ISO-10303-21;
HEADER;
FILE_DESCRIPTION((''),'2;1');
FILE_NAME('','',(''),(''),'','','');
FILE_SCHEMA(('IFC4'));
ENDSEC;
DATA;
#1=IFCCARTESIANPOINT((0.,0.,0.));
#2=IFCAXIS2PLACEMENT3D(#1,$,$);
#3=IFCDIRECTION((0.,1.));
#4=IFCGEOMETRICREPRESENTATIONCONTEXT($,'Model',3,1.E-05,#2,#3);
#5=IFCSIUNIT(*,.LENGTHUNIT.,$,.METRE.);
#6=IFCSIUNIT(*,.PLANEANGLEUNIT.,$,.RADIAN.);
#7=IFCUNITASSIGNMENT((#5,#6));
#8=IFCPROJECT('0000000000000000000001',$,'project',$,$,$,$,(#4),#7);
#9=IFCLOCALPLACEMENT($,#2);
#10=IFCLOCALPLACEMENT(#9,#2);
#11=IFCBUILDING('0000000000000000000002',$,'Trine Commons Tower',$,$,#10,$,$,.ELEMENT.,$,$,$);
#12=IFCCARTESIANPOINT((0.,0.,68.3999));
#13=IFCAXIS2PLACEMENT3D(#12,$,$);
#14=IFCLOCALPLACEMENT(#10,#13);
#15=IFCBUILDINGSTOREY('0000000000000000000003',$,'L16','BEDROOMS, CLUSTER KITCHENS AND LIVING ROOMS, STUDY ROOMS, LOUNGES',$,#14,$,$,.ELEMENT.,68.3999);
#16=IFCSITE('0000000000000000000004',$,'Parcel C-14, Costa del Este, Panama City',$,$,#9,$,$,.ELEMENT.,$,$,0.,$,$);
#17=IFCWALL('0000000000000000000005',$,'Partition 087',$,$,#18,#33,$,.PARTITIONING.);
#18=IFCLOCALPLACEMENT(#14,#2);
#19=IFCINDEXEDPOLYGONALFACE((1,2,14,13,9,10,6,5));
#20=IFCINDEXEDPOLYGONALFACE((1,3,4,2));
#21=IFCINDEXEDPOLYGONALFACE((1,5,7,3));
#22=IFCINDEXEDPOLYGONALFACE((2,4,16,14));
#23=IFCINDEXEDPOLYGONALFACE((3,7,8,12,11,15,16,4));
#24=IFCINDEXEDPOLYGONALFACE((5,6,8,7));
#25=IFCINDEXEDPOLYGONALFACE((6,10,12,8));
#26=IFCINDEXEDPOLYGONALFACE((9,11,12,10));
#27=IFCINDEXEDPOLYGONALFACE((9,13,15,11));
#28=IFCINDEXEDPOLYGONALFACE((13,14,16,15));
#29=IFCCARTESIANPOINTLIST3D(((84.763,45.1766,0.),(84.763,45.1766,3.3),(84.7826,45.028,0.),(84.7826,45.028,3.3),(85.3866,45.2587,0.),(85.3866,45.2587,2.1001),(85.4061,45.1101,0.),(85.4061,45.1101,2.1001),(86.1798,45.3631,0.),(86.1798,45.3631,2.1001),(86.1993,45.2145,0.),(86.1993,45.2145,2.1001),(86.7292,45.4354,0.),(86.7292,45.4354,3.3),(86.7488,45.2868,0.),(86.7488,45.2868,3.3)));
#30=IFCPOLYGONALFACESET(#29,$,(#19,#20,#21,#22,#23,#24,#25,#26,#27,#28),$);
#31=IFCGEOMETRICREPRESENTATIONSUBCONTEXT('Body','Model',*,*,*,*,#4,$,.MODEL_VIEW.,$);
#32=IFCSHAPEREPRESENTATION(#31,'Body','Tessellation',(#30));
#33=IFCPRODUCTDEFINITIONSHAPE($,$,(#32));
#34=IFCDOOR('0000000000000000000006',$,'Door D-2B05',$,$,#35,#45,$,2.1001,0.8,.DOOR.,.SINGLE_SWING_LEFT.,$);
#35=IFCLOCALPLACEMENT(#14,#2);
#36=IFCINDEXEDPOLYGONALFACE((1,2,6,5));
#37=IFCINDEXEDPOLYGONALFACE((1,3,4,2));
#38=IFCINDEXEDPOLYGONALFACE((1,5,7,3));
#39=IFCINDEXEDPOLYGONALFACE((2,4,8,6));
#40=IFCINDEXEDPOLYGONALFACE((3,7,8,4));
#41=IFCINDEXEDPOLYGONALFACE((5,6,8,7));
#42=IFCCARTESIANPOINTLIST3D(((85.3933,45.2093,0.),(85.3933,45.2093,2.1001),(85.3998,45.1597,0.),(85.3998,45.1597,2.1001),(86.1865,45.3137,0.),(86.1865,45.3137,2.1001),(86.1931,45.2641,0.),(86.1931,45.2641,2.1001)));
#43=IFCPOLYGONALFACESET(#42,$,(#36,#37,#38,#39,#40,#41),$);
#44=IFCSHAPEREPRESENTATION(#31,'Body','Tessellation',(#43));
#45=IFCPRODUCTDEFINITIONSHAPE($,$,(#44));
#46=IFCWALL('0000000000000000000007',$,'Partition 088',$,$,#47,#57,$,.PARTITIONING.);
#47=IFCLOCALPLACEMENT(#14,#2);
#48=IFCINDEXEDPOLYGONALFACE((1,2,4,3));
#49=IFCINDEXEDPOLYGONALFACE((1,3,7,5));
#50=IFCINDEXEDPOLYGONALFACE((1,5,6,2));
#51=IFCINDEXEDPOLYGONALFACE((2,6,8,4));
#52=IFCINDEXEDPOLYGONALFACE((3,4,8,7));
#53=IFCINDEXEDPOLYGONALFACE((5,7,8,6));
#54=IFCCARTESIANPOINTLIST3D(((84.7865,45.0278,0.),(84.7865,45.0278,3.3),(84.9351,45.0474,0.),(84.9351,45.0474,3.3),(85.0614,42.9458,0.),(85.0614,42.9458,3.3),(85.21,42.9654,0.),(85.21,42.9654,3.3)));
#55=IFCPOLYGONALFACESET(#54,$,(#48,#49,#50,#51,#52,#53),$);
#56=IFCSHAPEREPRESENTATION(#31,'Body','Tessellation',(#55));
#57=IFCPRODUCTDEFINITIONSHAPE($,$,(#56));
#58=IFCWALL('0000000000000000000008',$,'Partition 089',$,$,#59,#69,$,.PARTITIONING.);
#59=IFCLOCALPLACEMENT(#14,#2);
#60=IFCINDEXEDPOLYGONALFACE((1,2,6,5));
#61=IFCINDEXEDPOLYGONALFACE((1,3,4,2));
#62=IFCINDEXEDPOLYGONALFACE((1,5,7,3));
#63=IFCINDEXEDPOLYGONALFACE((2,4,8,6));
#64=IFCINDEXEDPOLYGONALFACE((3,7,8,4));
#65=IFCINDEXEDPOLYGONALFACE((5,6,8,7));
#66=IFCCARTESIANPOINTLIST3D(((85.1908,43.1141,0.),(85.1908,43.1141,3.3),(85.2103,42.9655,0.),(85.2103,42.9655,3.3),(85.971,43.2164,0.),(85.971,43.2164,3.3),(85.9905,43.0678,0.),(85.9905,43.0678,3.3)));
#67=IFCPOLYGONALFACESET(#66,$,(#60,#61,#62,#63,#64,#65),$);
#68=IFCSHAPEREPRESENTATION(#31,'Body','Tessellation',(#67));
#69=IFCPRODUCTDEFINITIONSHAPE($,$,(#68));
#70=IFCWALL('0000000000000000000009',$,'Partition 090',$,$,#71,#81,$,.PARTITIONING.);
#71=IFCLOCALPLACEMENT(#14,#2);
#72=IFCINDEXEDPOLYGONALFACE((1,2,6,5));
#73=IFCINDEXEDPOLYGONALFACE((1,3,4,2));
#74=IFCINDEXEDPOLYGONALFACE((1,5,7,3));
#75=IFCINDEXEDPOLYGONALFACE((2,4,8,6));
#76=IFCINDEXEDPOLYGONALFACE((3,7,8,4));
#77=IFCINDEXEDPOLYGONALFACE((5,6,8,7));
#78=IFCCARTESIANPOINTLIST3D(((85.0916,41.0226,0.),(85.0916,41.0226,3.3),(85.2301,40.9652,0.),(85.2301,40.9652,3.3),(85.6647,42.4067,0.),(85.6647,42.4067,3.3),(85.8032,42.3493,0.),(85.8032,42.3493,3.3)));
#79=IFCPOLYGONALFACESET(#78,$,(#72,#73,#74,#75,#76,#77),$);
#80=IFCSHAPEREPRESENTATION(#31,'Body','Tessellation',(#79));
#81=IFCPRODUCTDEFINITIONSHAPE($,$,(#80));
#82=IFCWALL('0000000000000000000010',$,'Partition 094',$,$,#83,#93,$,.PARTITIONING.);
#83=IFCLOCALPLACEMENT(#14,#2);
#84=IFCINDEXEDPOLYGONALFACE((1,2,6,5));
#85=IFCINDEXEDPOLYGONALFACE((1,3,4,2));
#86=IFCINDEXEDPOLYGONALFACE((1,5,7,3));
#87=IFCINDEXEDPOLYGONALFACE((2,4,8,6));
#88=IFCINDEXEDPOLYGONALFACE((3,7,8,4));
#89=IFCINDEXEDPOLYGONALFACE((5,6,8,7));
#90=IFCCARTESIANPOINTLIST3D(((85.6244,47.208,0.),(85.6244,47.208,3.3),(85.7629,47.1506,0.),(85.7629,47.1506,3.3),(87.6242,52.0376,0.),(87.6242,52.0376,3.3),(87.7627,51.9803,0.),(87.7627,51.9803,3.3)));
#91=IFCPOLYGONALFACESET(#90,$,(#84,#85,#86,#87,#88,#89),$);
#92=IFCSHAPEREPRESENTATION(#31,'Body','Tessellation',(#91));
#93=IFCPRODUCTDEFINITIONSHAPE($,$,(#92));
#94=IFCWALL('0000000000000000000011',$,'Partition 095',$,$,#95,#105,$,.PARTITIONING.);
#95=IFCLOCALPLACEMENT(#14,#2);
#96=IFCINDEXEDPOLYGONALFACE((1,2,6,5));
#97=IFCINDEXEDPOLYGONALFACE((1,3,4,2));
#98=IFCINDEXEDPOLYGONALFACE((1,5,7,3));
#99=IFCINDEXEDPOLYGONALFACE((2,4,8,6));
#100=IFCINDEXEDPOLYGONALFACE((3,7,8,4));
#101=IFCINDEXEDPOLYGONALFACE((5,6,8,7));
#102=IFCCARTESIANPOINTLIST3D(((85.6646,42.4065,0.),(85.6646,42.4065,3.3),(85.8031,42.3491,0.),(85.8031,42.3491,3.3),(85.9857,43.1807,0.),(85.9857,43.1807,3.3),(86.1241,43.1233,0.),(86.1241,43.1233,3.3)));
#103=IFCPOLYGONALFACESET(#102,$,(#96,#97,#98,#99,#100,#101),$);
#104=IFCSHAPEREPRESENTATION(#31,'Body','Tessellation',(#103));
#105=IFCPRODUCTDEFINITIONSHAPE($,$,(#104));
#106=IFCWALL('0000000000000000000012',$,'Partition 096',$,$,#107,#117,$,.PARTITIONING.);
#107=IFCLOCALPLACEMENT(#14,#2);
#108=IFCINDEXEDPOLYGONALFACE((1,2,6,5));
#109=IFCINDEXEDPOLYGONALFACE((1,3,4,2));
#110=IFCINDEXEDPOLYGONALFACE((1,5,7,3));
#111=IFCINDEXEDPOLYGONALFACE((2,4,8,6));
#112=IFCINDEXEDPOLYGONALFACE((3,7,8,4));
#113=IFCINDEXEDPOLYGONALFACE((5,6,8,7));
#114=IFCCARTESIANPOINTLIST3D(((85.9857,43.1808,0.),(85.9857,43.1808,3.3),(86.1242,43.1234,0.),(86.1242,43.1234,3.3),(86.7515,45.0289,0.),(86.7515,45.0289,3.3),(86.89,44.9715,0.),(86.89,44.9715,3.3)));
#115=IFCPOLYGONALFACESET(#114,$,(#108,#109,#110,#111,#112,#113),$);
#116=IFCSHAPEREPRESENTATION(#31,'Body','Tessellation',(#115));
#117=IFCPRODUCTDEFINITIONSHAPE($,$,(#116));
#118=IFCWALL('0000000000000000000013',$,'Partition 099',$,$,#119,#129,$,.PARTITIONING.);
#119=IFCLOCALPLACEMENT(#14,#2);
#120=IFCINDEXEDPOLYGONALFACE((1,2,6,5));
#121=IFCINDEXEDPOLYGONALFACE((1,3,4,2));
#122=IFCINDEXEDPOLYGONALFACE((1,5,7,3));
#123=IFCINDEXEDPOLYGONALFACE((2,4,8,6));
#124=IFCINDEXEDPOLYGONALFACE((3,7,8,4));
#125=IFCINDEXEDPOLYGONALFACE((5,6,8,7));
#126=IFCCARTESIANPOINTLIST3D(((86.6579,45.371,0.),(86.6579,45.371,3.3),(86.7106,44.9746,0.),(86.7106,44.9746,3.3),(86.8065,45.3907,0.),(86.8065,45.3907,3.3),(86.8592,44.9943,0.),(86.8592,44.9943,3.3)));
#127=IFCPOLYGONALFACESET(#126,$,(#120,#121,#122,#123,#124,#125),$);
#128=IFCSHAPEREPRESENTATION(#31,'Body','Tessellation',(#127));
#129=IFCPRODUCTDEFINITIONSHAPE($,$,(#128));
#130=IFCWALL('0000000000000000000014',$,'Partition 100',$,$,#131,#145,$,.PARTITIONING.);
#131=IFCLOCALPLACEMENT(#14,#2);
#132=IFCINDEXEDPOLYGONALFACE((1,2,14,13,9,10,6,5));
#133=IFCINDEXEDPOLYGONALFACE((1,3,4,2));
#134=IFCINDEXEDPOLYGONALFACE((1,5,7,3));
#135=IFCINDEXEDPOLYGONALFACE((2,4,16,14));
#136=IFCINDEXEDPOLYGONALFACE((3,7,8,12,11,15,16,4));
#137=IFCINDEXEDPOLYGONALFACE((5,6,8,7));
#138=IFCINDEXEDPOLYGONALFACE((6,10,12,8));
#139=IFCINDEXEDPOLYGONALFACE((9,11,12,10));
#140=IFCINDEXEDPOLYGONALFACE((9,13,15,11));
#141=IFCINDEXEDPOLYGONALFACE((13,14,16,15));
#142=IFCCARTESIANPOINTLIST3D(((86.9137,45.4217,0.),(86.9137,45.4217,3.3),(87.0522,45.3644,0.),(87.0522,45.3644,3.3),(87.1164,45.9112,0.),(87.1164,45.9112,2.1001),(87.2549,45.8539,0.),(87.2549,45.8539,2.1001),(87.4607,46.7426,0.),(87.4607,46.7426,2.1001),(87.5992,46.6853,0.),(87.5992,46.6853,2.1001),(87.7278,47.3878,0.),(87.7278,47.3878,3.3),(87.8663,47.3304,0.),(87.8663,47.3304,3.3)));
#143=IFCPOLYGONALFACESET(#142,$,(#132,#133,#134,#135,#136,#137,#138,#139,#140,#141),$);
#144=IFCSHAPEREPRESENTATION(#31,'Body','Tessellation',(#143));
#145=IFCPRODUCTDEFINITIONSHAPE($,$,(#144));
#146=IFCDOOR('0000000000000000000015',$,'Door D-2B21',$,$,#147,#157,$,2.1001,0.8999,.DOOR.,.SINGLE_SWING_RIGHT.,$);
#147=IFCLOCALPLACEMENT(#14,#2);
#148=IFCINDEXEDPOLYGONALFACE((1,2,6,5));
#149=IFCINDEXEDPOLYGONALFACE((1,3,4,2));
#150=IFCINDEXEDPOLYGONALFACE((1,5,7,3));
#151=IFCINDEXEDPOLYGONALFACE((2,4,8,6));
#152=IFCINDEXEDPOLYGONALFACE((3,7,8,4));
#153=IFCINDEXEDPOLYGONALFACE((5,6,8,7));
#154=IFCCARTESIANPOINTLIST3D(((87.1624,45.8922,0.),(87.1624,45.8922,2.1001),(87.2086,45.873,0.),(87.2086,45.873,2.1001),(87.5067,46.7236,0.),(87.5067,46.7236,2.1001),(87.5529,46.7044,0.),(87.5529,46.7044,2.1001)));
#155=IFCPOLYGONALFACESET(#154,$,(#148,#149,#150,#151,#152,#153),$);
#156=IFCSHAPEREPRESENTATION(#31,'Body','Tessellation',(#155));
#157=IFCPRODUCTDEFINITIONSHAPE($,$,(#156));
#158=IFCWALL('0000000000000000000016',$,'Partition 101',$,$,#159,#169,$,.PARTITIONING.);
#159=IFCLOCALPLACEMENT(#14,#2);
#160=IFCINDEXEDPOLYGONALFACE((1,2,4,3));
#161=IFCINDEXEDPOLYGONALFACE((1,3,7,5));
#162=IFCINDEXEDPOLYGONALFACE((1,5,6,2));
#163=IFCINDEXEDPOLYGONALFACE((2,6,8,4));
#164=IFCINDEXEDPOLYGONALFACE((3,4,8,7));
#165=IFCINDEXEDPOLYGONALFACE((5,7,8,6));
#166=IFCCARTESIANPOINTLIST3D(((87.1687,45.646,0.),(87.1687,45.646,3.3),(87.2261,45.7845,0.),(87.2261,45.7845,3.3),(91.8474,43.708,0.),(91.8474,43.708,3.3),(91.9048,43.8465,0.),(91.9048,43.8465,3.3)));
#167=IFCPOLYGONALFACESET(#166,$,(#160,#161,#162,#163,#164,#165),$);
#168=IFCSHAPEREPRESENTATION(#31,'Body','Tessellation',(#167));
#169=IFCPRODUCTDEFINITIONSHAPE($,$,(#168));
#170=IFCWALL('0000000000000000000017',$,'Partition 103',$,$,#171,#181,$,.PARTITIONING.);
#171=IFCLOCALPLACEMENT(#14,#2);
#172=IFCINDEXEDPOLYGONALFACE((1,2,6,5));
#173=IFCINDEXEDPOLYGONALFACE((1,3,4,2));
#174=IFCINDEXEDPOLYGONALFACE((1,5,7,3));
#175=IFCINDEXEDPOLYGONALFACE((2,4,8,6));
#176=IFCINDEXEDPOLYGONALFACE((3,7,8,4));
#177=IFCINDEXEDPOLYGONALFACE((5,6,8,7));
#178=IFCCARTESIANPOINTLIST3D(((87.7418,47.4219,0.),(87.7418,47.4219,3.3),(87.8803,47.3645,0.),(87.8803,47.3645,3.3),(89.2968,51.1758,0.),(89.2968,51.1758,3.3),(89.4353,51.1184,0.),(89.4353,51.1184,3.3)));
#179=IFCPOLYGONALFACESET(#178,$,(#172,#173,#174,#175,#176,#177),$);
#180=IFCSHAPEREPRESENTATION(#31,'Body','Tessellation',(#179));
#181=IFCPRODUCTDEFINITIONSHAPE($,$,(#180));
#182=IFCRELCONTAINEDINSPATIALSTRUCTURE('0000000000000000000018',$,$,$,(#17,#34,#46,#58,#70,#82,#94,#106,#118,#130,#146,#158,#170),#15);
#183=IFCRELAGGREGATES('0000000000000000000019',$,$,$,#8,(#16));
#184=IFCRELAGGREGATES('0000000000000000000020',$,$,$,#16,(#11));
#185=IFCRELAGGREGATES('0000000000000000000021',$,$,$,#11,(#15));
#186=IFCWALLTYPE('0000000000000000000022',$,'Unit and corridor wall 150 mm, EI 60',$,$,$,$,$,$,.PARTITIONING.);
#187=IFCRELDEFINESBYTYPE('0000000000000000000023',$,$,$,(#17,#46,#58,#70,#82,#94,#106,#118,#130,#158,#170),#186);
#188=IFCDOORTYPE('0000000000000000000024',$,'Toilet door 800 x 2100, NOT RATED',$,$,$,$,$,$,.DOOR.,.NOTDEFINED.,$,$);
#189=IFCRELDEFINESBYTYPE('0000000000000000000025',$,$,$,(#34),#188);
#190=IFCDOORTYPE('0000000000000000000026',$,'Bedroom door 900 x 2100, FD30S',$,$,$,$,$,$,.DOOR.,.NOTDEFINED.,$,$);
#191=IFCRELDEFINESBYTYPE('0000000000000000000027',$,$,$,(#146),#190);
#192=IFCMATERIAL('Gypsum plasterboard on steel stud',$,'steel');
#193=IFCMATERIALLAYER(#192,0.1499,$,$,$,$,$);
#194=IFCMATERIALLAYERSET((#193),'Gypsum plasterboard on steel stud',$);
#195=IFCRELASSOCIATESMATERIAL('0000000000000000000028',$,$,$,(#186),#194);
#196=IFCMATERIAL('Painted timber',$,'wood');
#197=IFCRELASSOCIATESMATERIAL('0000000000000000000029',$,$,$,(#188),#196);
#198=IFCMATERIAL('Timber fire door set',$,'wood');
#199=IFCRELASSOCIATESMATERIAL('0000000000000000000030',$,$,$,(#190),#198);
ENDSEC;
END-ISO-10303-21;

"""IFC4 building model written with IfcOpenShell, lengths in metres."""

from ifc_helpers import new_model, si_unit, direction, frame, frame_2d, origin, place, context, subcontext, project, spatial, rectangle, extrude, material, layer, layer_set, type_object, element, fill, save


model = new_model("IFC4")

# Units and contexts
model_context = context("Model", 3, precision=1e-05, world=origin(), true_north=direction((0.0, 1.0)))
body_context = subcontext(model_context, "Body", "Model", "MODEL_VIEW")
ifc_project = project(units=[si_unit("LENGTHUNIT", "METRE"), si_unit("PLANEANGLEUNIT", "RADIAN")], contexts=[model_context])

# Site, building, storey
site_placement = place(None, origin())
site = spatial("IfcSite", under=ifc_project, at=site_placement, Name="Parcel C-14, Costa del Este, Panama City", CompositionType="ELEMENT", RefElevation=0.0)
building_placement = place(site_placement, origin())
building = spatial("IfcBuilding", under=site, at=building_placement, Name="Trine Commons Tower", CompositionType="ELEMENT")
storey_placement = place(building_placement, frame((0.0, 0.0, 68.3999)))
storey = spatial("IfcBuildingStorey", under=building, at=storey_placement, Name="L16", Description="BEDROOMS, CLUSTER KITCHENS AND LIVING ROOMS, STUDY ROOMS, LOUNGES", CompositionType="ELEMENT", Elevation=68.3999)

# Shared definitions
ifc_material_1 = material(Name="Gypsum plasterboard on steel stud", Category="steel")
ifc_layer_1 = layer(ifc_material_1, 0.1499)
ifc_layer_set_1 = layer_set([ifc_layer_1], Name="Gypsum plasterboard on steel stud")
wall_type_1 = type_object("IfcWallType", Name="Unit and corridor wall 150 mm, EI 60", PredefinedType="PARTITIONING", material=ifc_layer_set_1)
ifc_material_2 = material(Name="Timber fire door set", Category="wood")

# Wall, opening, door
wall_1_placement = place(storey_placement, frame((84.7727, 45.1023, 0.0), z_axis=(0.0, 0.0, 1.0), x_axis=(0.99145, 0.130486, 0.0)))
wall_1 = element("IfcWall", 1, at=wall_1_placement, inside=storey, type_object=wall_type_1, Name="Partition 087", PredefinedType="PARTITIONING", context=body_context, shape_type="SweptSolid", body=[
    extrude(rectangle(XDim=1.9832, YDim=0.1499, at=frame_2d((0.9917, 0.0))), origin(), (0.0, 0.0, 1.0), 3.3),
])
opening_1_placement = place(wall_1_placement, frame((0.6292, 0.0, 0.0)))
opening_1 = element("IfcOpeningElement", 2, at=opening_1_placement, cuts=wall_1, PredefinedType="OPENING", context=body_context, shape_type="SweptSolid", body=[
    extrude(rectangle(XDim=0.8, YDim=2.1001, at=frame_2d((0.3999, 1.05))), frame((0.0, 0.085, 0.0), z_axis=(0.0, -1.0, 0.0), x_axis=(1.0, 0.0, 0.0)), (0.0, 0.0, 1.0), 0.1699),
])
ifc_material_3 = material(Name="Painted timber", Category="wood")
door_type_1 = type_object("IfcDoorType", Name="Toilet door 800 x 2100, NOT RATED", OperationType="NOTDEFINED", PredefinedType="DOOR", material=ifc_material_3)
door_1_placement = place(opening_1_placement, frame((0.8, 0.0, 0.0), z_axis=(0.0, 0.0, 1.0), x_axis=(-1.0, 0.0, 0.0)))
door_1 = element("IfcDoor", 3, at=door_1_placement, inside=storey, type_object=door_type_1, Name="Door D-2B05", OperationType="SINGLE_SWING_LEFT", OverallHeight=2.1001, OverallWidth=0.8, PredefinedType="DOOR", context=body_context, shape_type="SweptSolid", body=[
    extrude(rectangle(XDim=0.8, YDim=2.1001, at=frame_2d((0.3999, 1.05))), frame((0.0, 0.0249, 0.0), z_axis=(0.0, -1.0, 0.0), x_axis=(1.0, 0.0, 0.0)), (0.0, 0.0, 1.0), 0.05),
])
fill(opening_1, door_1)

# Walls
wall_2_placement = place(storey_placement, frame((84.8608, 45.0376, 0.0), z_axis=(0.0, 0.0, 1.0), x_axis=(0.1309, -0.991396, 0.0)))
element("IfcWall", 4, at=wall_2_placement, inside=storey, type_object=wall_type_1, Name="Partition 088", PredefinedType="PARTITIONING", context=body_context, shape_type="SweptSolid", body=[
    extrude(rectangle(XDim=2.1001, YDim=0.1499, at=frame_2d((1.05, 0.0))), origin(), (0.0, 0.0, 1.0), 3.3),
])
wall_3_placement = place(storey_placement, frame((85.2004, 43.0398, 0.0), z_axis=(0.0, 0.0, 1.0), x_axis=(0.991515, 0.129989, 0.0)))
element("IfcWall", 5, at=wall_3_placement, inside=storey, type_object=wall_type_1, Name="Partition 089", PredefinedType="PARTITIONING", context=body_context, shape_type="SweptSolid", body=[
    extrude(rectangle(XDim=0.7869, YDim=0.1499, at=frame_2d((0.3936, 0.0))), origin(), (0.0, 0.0, 1.0), 3.3),
])
wall_4_placement = place(storey_placement, frame((85.1609, 40.9939, 0.0), z_axis=(0.0, 0.0, 1.0), x_axis=(0.38252, 0.923947, 0.0)))
element("IfcWall", 6, at=wall_4_placement, inside=storey, type_object=wall_type_1, Name="Partition 090", PredefinedType="PARTITIONING", context=body_context, shape_type="SweptSolid", body=[
    extrude(rectangle(XDim=1.498, YDim=0.1499, at=frame_2d((0.749, 0.0))), origin(), (0.0, 0.0, 1.0), 3.3),
])
wall_5_placement = place(storey_placement, frame((85.6936, 47.1792, 0.0), z_axis=(0.0, 0.0, 1.0), x_axis=(0.382565, 0.923929, 0.0)))
element("IfcWall", 7, at=wall_5_placement, inside=storey, type_object=wall_type_1, Name="Partition 094", PredefinedType="PARTITIONING", context=body_context, shape_type="SweptSolid", body=[
    extrude(rectangle(XDim=5.2273, YDim=0.1499, at=frame_2d((2.6138, 0.0))), origin(), (0.0, 0.0, 1.0), 3.3),
])
wall_6_placement = place(storey_placement, frame((85.7339, 42.3779, 0.0), z_axis=(0.0, 0.0, 1.0), x_axis=(0.383064, 0.923722, 0.0)))
element("IfcWall", 8, at=wall_6_placement, inside=storey, type_object=wall_type_1, Name="Partition 095", PredefinedType="PARTITIONING", context=body_context, shape_type="SweptSolid", body=[
    extrude(rectangle(XDim=0.8381, YDim=0.1499, at=frame_2d((0.4189, 0.0))), origin(), (0.0, 0.0, 1.0), 3.3),
])
wall_7_placement = place(storey_placement, frame((86.0549, 43.1521, 0.0), z_axis=(0.0, 0.0, 1.0), x_axis=(0.38283, 0.923819, 0.0)))
element("IfcWall", 9, at=wall_7_placement, inside=storey, type_object=wall_type_1, Name="Partition 096", PredefinedType="PARTITIONING", context=body_context, shape_type="SweptSolid", body=[
    extrude(rectangle(XDim=2.0005, YDim=0.1499, at=frame_2d((1.0002, 0.0))), origin(), (0.0, 0.0, 1.0), 3.3),
])
wall_8_placement = place(storey_placement, frame((86.7322, 45.3809, 0.0), z_axis=(0.0, 0.0, 1.0), x_axis=(0.131844, -0.99127, 0.0)))
element("IfcWall", 10, at=wall_8_placement, inside=storey, type_object=wall_type_1, Name="Partition 099", PredefinedType="PARTITIONING", context=body_context, shape_type="SweptSolid", body=[
    extrude(rectangle(XDim=0.3999, YDim=0.1499, at=frame_2d((0.2, 0.0))), origin(), (0.0, 0.0, 1.0), 3.3),
])

# Wall, opening, door
wall_9_placement = place(storey_placement, frame((86.9829, 45.3931, 0.0), z_axis=(0.0, 0.0, 1.0), x_axis=(0.382619, 0.923906, 0.0)))
wall_9 = element("IfcWall", 11, at=wall_9_placement, inside=storey, type_object=wall_type_1, Name="Partition 100", PredefinedType="PARTITIONING", context=body_context, shape_type="SweptSolid", body=[
    extrude(rectangle(XDim=2.1279, YDim=0.1499, at=frame_2d((1.064, 0.0))), origin(), (0.0, 0.0, 1.0), 3.3),
])
opening_2_placement = place(wall_9_placement, frame((0.5298, 0.0, 0.0)))
opening_2 = element("IfcOpeningElement", 12, at=opening_2_placement, cuts=wall_9, PredefinedType="OPENING", context=body_context, shape_type="SweptSolid", body=[
    extrude(rectangle(XDim=0.8999, YDim=2.1001, at=frame_2d((0.45, 1.05))), frame((0.0, 0.085, 0.0), z_axis=(0.0, -1.0, 0.0), x_axis=(1.0, 0.0, 0.0)), (0.0, 0.0, 1.0), 0.1699),
])
door_type_2 = type_object("IfcDoorType", Name="Bedroom door 900 x 2100, FD30S", OperationType="NOTDEFINED", PredefinedType="DOOR", material=ifc_material_2)
door_2_placement = place(opening_2_placement, frame((0.8999, 0.0, 0.0), z_axis=(0.0, 0.0, 1.0), x_axis=(-1.0, 0.0, 0.0)))
door_2 = element("IfcDoor", 13, at=door_2_placement, inside=storey, type_object=door_type_2, Name="Door D-2B21", OperationType="SINGLE_SWING_RIGHT", OverallHeight=2.1001, OverallWidth=0.8999, PredefinedType="DOOR", context=body_context, shape_type="SweptSolid", body=[
    extrude(rectangle(XDim=0.8999, YDim=2.1001, at=frame_2d((0.45, 1.05))), frame((0.0, 0.0249, 0.0), z_axis=(0.0, -1.0, 0.0), x_axis=(1.0, 0.0, 0.0)), (0.0, 0.0, 1.0), 0.05),
])
fill(opening_2, door_2)

# Walls
wall_10_placement = place(storey_placement, frame((87.1973, 45.7153, 0.0), z_axis=(0.0, 0.0, 1.0), x_axis=(0.923879, -0.382684, 0.0)))
element("IfcWall", 14, at=wall_10_placement, inside=storey, type_object=wall_type_1, Name="Partition 101", PredefinedType="PARTITIONING", context=body_context, shape_type="SweptSolid", body=[
    extrude(rectangle(XDim=5.0642, YDim=0.1499, at=frame_2d((2.5322, 0.0))), origin(), (0.0, 0.0, 1.0), 3.3),
])
wall_11_placement = place(storey_placement, frame((87.811, 47.3931, 0.0), z_axis=(0.0, 0.0, 1.0), x_axis=(0.382686, 0.923878, 0.0)))
element("IfcWall", 15, at=wall_11_placement, inside=storey, type_object=wall_type_1, Name="Partition 103", PredefinedType="PARTITIONING", context=body_context, shape_type="SweptSolid", body=[
    extrude(rectangle(XDim=4.0632, YDim=0.1499, at=frame_2d((2.0317, 0.0))), origin(), (0.0, 0.0, 1.0), 3.3),
])

save(model, "model.ifc")
